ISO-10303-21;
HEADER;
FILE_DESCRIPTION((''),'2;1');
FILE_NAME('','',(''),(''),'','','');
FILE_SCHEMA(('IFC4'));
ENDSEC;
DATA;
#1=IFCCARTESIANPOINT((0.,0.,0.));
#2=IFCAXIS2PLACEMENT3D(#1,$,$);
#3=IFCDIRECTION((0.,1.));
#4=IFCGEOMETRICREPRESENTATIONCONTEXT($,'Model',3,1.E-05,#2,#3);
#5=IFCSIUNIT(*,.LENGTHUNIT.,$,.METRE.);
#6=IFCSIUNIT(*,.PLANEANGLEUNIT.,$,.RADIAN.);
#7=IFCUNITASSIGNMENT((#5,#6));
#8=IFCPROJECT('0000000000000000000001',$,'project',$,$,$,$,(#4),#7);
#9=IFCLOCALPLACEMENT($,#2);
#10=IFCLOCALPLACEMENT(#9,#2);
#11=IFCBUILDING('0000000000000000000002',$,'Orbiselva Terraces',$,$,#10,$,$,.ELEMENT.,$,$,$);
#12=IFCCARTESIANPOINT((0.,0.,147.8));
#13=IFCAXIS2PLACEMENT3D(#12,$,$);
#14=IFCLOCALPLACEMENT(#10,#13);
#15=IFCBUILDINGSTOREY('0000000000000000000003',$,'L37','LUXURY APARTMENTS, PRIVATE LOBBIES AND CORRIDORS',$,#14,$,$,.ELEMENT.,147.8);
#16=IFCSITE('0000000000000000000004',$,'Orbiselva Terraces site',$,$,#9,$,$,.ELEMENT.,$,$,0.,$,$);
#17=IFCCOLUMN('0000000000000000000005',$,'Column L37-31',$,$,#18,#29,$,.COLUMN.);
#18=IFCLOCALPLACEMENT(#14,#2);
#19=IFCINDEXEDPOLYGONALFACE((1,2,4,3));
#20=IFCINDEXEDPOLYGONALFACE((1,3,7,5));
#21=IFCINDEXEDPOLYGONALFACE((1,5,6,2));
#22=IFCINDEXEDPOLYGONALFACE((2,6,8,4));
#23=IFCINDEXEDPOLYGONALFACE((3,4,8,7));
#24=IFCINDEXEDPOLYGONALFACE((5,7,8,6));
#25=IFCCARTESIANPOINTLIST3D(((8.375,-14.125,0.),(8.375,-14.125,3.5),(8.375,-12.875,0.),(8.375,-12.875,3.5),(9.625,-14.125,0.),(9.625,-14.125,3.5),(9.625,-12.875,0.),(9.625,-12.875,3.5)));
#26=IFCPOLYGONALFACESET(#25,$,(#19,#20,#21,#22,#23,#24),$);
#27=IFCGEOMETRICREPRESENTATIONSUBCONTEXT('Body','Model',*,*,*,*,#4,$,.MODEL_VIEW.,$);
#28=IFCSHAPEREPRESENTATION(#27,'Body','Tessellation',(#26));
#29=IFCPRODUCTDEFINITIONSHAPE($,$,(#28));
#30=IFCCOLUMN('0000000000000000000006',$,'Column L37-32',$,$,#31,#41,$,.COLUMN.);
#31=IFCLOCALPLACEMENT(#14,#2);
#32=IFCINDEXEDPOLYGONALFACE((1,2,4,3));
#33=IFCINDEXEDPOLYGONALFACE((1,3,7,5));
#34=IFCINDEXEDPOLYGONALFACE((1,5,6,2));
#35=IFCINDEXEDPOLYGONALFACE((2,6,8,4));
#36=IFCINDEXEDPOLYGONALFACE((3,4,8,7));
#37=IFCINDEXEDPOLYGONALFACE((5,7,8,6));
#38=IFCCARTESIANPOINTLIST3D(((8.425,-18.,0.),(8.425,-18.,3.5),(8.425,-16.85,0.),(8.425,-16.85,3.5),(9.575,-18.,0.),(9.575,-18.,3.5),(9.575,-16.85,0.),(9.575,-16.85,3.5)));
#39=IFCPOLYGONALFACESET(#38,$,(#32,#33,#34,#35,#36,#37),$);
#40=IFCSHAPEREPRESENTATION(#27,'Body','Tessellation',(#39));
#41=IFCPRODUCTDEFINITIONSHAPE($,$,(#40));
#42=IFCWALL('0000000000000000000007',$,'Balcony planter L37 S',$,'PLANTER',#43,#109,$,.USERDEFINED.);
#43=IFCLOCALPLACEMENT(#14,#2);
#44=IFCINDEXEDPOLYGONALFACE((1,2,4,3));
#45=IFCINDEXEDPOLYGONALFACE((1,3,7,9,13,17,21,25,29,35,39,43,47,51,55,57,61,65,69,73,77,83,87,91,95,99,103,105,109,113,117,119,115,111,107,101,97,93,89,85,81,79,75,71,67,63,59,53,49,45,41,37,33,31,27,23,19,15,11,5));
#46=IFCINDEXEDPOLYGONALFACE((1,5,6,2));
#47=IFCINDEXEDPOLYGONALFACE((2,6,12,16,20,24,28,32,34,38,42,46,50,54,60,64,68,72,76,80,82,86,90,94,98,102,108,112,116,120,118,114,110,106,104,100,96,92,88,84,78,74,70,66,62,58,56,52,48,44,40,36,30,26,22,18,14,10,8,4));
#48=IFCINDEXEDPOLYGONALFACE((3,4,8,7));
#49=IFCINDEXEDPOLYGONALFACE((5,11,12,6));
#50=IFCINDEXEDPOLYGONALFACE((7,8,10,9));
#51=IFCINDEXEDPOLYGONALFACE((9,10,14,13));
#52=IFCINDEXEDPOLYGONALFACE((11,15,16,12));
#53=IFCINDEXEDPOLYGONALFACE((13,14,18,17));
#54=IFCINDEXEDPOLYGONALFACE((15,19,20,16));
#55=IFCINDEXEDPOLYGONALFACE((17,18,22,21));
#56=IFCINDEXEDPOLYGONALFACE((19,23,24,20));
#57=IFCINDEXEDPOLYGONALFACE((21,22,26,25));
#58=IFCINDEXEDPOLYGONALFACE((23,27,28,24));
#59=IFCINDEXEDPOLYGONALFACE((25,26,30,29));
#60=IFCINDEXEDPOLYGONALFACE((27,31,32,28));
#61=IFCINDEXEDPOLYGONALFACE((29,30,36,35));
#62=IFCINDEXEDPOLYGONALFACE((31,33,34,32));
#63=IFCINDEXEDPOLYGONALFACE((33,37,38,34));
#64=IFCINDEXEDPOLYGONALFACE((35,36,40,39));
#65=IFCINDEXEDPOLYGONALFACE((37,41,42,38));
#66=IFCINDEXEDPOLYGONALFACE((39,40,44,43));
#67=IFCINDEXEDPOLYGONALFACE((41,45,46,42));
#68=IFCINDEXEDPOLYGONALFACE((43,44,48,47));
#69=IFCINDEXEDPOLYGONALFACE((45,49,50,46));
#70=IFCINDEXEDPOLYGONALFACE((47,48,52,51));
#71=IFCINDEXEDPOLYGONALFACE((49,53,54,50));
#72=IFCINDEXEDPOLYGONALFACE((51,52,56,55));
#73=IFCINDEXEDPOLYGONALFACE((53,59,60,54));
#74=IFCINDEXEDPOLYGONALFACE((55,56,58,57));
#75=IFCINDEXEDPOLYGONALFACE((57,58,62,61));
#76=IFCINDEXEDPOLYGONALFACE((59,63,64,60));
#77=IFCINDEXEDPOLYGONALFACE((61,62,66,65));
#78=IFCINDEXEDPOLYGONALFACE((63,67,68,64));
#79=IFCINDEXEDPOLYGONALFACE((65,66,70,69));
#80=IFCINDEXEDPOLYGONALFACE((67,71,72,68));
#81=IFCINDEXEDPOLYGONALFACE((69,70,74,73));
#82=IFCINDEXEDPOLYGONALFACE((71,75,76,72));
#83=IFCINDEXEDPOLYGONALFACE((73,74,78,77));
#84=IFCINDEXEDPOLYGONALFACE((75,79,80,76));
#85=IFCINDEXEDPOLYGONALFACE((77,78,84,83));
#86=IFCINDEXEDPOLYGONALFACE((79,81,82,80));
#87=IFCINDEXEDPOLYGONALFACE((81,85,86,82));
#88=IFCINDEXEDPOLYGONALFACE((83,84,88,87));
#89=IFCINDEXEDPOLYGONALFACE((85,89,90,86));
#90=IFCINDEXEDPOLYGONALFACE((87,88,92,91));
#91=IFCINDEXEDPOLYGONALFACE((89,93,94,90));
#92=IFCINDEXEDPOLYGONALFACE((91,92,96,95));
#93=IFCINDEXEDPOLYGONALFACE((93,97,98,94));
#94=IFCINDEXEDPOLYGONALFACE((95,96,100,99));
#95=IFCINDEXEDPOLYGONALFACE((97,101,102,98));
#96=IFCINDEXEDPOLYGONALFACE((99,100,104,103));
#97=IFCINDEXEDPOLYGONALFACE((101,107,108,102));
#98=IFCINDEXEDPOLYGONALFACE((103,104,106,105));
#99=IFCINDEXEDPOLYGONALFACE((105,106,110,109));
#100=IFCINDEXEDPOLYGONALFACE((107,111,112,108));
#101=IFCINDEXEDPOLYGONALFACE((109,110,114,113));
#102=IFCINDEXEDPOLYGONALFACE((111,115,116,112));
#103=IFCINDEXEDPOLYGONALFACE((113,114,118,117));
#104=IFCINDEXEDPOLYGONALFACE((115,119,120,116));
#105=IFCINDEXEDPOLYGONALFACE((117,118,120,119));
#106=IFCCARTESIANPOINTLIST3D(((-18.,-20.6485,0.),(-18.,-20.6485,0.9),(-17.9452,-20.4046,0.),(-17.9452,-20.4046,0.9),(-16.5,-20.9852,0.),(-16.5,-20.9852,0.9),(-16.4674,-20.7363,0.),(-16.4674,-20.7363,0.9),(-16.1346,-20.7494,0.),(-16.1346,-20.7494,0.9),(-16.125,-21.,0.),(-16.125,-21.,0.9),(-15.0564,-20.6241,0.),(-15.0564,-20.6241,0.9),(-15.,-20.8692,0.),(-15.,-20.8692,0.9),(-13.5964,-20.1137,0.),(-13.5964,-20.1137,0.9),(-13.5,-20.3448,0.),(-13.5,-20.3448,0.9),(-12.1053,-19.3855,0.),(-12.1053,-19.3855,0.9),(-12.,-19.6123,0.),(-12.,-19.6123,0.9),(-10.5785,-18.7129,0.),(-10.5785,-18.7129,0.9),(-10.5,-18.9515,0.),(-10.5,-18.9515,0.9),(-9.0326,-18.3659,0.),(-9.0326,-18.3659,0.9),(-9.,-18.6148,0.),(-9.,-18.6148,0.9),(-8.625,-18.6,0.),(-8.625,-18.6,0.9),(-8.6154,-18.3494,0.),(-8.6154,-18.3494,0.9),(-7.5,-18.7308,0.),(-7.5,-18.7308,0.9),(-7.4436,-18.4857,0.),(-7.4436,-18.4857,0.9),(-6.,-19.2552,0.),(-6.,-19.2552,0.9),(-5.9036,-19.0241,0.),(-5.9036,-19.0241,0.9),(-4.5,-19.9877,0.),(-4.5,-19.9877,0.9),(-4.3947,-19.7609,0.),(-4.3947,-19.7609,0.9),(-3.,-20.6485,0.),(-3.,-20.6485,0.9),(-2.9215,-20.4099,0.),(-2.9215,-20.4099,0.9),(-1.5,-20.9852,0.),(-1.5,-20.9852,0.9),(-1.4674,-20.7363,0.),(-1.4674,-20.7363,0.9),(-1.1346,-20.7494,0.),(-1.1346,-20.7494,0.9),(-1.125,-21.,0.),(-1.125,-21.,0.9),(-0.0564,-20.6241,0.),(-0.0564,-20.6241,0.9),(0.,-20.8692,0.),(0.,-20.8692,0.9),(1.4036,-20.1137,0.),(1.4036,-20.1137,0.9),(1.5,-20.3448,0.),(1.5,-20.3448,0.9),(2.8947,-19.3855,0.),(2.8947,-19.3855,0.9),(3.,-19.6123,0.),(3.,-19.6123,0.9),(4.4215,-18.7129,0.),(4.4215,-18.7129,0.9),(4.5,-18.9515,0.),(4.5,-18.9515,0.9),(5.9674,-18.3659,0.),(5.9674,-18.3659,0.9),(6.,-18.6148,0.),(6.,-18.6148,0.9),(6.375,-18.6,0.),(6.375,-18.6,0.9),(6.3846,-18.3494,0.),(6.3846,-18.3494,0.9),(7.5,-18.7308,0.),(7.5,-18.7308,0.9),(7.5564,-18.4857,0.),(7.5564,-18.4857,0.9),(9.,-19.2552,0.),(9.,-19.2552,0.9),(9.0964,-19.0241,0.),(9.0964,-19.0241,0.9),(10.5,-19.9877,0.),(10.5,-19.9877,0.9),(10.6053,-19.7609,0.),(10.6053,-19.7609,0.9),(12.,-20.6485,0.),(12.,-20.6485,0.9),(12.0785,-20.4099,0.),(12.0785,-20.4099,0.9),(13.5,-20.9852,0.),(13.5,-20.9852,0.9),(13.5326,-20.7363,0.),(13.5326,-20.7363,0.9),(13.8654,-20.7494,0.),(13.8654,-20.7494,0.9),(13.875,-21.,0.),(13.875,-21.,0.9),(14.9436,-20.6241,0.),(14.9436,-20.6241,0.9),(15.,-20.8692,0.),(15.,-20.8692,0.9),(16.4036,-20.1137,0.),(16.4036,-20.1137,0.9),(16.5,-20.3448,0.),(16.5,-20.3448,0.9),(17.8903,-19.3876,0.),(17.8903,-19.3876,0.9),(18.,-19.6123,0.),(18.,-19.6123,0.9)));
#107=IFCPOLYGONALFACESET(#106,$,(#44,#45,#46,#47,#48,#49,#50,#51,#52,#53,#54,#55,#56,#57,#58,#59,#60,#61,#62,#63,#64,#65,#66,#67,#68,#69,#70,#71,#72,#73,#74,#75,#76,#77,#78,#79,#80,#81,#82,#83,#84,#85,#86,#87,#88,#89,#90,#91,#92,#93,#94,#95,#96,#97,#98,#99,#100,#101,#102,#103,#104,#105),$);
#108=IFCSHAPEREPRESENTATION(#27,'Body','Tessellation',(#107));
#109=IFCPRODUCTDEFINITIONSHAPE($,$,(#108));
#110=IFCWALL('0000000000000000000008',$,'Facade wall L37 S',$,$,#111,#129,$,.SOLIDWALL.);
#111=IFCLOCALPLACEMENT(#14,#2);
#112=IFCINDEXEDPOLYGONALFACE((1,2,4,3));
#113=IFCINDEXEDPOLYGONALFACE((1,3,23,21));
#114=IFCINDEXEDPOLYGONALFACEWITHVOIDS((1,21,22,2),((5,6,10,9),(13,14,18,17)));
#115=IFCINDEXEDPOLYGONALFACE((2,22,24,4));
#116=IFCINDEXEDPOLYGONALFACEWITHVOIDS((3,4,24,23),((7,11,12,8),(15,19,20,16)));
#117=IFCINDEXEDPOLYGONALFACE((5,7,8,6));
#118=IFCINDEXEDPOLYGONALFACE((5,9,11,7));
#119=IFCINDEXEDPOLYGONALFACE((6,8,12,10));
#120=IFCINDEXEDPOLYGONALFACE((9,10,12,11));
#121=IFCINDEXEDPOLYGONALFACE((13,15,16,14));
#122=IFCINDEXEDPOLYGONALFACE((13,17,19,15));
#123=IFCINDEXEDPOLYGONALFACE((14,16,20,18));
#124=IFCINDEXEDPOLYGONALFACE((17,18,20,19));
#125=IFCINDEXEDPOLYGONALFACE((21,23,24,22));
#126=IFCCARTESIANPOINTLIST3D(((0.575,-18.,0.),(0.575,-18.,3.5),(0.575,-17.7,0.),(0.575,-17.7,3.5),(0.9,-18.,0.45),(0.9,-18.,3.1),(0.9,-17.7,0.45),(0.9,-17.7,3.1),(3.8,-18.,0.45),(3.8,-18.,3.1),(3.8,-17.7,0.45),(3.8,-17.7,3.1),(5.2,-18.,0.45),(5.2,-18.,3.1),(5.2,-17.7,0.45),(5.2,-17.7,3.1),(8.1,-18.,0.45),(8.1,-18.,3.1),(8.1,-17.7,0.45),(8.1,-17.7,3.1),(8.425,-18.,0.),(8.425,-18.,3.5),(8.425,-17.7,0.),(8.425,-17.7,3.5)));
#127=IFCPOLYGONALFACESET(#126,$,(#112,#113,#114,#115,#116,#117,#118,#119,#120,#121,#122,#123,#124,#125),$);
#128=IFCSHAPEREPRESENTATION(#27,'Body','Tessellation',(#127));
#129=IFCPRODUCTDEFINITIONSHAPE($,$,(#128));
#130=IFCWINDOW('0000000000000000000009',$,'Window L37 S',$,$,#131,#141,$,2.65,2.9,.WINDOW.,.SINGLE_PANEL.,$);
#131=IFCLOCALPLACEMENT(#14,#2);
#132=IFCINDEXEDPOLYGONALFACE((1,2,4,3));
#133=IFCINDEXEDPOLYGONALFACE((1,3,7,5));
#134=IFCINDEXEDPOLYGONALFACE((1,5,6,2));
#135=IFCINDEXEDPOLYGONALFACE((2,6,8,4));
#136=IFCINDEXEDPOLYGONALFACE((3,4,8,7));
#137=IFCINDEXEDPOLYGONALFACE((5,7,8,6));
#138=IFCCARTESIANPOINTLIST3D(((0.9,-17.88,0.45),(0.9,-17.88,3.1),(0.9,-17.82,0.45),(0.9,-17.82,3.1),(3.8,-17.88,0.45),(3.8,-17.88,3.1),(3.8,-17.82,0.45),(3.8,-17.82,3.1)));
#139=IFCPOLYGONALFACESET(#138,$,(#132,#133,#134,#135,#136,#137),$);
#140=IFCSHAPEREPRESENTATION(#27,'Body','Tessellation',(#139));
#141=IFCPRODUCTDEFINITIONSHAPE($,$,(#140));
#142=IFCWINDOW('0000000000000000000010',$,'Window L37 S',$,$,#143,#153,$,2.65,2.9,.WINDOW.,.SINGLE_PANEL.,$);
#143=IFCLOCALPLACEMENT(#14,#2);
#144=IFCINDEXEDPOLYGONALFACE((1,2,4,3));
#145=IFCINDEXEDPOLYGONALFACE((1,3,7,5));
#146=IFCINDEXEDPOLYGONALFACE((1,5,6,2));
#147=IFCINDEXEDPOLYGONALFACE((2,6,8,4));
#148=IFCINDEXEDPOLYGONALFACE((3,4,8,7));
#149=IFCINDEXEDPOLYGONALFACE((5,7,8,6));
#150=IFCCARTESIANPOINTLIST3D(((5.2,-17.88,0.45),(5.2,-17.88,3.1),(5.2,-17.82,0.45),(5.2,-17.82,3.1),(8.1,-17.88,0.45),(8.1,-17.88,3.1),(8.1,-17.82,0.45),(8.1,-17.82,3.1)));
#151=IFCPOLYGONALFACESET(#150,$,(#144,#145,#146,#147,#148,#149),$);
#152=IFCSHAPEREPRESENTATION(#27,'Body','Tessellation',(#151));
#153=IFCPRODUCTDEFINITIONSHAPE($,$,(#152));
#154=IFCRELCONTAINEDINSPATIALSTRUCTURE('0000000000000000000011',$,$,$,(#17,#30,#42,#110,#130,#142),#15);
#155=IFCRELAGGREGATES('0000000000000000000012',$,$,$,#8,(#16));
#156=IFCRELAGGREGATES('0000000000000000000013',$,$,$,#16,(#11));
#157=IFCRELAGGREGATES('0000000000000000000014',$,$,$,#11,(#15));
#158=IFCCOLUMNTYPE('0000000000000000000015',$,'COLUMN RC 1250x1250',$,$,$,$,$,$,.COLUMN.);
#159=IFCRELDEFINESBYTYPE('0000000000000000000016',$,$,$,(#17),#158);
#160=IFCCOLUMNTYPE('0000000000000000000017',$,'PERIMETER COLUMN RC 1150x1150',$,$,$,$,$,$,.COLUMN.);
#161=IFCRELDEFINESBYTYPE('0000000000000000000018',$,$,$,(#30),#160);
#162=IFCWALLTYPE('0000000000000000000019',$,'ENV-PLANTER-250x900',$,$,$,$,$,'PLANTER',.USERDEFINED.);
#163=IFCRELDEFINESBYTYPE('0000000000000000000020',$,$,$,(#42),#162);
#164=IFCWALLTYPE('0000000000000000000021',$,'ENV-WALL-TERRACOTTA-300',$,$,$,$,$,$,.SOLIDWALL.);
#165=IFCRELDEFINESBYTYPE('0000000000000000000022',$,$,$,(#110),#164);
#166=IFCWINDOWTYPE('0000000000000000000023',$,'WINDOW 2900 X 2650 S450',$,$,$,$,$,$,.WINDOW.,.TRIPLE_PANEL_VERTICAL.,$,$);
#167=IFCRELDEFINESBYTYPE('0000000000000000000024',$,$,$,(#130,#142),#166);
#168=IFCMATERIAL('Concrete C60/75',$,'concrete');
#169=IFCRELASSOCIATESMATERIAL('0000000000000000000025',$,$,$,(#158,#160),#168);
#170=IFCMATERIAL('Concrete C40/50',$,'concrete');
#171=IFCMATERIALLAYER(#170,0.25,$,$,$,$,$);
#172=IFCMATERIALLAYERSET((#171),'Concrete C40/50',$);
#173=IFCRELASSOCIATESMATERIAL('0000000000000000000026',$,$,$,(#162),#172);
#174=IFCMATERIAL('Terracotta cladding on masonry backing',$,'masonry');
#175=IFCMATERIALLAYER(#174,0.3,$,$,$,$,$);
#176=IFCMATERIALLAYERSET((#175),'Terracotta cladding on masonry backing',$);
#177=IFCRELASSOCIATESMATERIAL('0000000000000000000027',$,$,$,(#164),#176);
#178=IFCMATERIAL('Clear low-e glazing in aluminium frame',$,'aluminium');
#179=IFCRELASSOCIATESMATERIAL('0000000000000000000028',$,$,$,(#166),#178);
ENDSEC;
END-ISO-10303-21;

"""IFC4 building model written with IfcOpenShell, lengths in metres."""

from ifc_helpers import new_model, si_unit, direction, frame, frame_2d, origin, origin_2d, place, context, subcontext, project, spatial, polyline, rectangle, outline, extrude, material, layer, layer_set, material_profile, profile_set, type_object, element, fill, save


model = new_model("IFC4")

# Units and contexts
model_context = context("Model", 3, precision=1e-05, world=origin(), true_north=direction((0.0, 1.0)))
body_context = subcontext(model_context, "Body", "Model", "MODEL_VIEW")
ifc_project = project(units=[si_unit("LENGTHUNIT", "METRE"), si_unit("PLANEANGLEUNIT", "RADIAN")], contexts=[model_context])

# Site, building, storey
site_placement = place(None, origin())
site = spatial("IfcSite", under=ifc_project, at=site_placement, Name="Orbiselva Terraces site", CompositionType="ELEMENT", RefElevation=0.0)
building_placement = place(site_placement, origin())
building = spatial("IfcBuilding", under=site, at=building_placement, Name="Orbiselva Terraces", CompositionType="ELEMENT")
storey_placement = place(building_placement, frame((0.0, 0.0, 147.8)))
storey = spatial("IfcBuildingStorey", under=building, at=storey_placement, Name="L37", Description="LUXURY APARTMENTS, PRIVATE LOBBIES AND CORRIDORS", CompositionType="ELEMENT", Elevation=147.8)

# Columns
ifc_material_1 = material(Name="Concrete C60/75", Category="concrete")
ifc_material_profile_1 = material_profile(ifc_material_1, rectangle(XDim=1.25, YDim=1.25, at=origin_2d()), Name="RC 1250x1250")
ifc_profile_set_1 = profile_set([ifc_material_profile_1], Name="Concrete C60/75")
column_type_1 = type_object("IfcColumnType", Name="COLUMN RC 1250x1250", PredefinedType="COLUMN", material=ifc_profile_set_1)
column_1_placement = place(storey_placement, frame((9.0, -13.5, 0.0), z_axis=(0.0, 0.0, 1.0), x_axis=(1.0, 0.0, 0.0)))
element("IfcColumn", 1, at=column_1_placement, inside=storey, type_object=column_type_1, Name="Column L37-31", PredefinedType="COLUMN", context=body_context, shape_type="SweptSolid", body=[
    extrude(rectangle(XDim=1.25, YDim=1.25, at=origin_2d()), origin(), (0.0, 0.0, 1.0), 3.5),
])
ifc_material_profile_2 = material_profile(ifc_material_1, rectangle(XDim=1.15, YDim=1.15, at=origin_2d()), Name="RC 1150x1150")
ifc_profile_set_2 = profile_set([ifc_material_profile_2], Name="Concrete C60/75")
column_type_2 = type_object("IfcColumnType", Name="PERIMETER COLUMN RC 1150x1150", PredefinedType="COLUMN", material=ifc_profile_set_2)
column_2_placement = place(storey_placement, frame((9.0, -17.425, 0.0), z_axis=(0.0, 0.0, 1.0), x_axis=(1.0, 0.0, 0.0)))
element("IfcColumn", 2, at=column_2_placement, inside=storey, type_object=column_type_2, Name="Column L37-32", PredefinedType="COLUMN", context=body_context, shape_type="SweptSolid", body=[
    extrude(rectangle(XDim=1.15, YDim=1.15, at=origin_2d()), origin(), (0.0, 0.0, 1.0), 3.5),
])

# Wall
ifc_material_2 = material(Name="Concrete C40/50", Category="concrete")
ifc_layer_1 = layer(ifc_material_2, 0.25)
ifc_layer_set_1 = layer_set([ifc_layer_1], Name="Concrete C40/50")
wall_type_1 = type_object("IfcWallType", Name="ENV-PLANTER-250x900", ElementType="PLANTER", PredefinedType="USERDEFINED", material=ifc_layer_set_1)
wall_1_placement = place(storey_placement, origin())
element("IfcWall", 3, at=wall_1_placement, inside=storey, type_object=wall_type_1, Name="Balcony planter L37 S", ObjectType="PLANTER", PredefinedType="USERDEFINED", context=body_context, shape_type="SweptSolid", body=[
    extrude(outline(polyline([(-18.0, -20.6485), (-16.5, -20.9852), (-16.125, -21.0), (-15.0, -20.8692), (-13.5, -20.3448), (-12.0, -19.6123), (-10.5, -18.9515), (-9.0, -18.6148), (-8.625, -18.6), (-7.5, -18.7308), (-6.0, -19.2552), (-4.5, -19.9877), (-3.0, -20.6485), (-1.5, -20.9852), (-1.125, -21.0), (0.0, -20.8692), (1.5, -20.3448), (3.0, -19.6123), (4.5, -18.9515), (6.0, -18.6148), (6.375, -18.6), (7.5, -18.7308), (9.0, -19.2552), (10.5, -19.9877), (12.0, -20.6485), (13.5, -20.9852), (13.875, -21.0), (15.0, -20.8692), (16.5, -20.3448), (18.0, -19.6123), (17.8903, -19.3876), (16.4036, -20.1137), (14.9436, -20.6241), (13.8654, -20.7494), (13.5326, -20.7363), (12.0785, -20.4099), (10.6053, -19.7609), (9.0964, -19.0241), (7.5564, -18.4857), (6.3846, -18.3494), (5.9674, -18.3659), (4.4215, -18.7129), (2.8947, -19.3855), (1.4036, -20.1137), (-0.0564, -20.6241), (-1.1346, -20.7494), (-1.4674, -20.7363), (-2.9215, -20.4099), (-4.3947, -19.7609), (-5.9036, -19.0241), (-7.4436, -18.4857), (-8.6154, -18.3494), (-9.0326, -18.3659), (-10.5785, -18.7129), (-12.1053, -19.3855), (-13.5964, -20.1137), (-15.0564, -20.6241), (-16.1346, -20.7494), (-16.4674, -20.7363), (-17.9452, -20.4046), (-18.0, -20.6485)])), origin(), (0.0, 0.0, 1.0), 0.9),
])

# Wall, openings, windows
ifc_material_3 = material(Name="Terracotta cladding on masonry backing", Category="masonry")
ifc_layer_2 = layer(ifc_material_3, 0.3)
ifc_layer_set_2 = layer_set([ifc_layer_2], Name="Terracotta cladding on masonry backing")
wall_type_2 = type_object("IfcWallType", Name="ENV-WALL-TERRACOTTA-300", PredefinedType="SOLIDWALL", material=ifc_layer_set_2)
wall_2_placement = place(storey_placement, frame((8.425, -17.85, 0.0), z_axis=(0.0, 0.0, 1.0), x_axis=(-1.0, 0.0, 0.0)))
wall_2 = element("IfcWall", 4, at=wall_2_placement, inside=storey, type_object=wall_type_2, Name="Facade wall L37 S", PredefinedType="SOLIDWALL", context=body_context, shape_type="SweptSolid", body=[
    extrude(rectangle(XDim=7.85, YDim=0.3, at=frame_2d((3.925, 0.0))), origin(), (0.0, 0.0, 1.0), 3.5),
])
opening_1_placement = place(wall_2_placement, frame((4.625, 0.0, 0.45)))
opening_1 = element("IfcOpeningElement", 5, at=opening_1_placement, cuts=wall_2, PredefinedType="OPENING", context=body_context, shape_type="SweptSolid", body=[
    extrude(rectangle(XDim=2.9, YDim=2.65, at=frame_2d((1.45, 1.325))), frame((0.0, 0.16, 0.0), z_axis=(0.0, -1.0, 0.0), x_axis=(1.0, 0.0, 0.0)), (0.0, 0.0, 1.0), 0.32),
])
opening_2_placement = place(wall_2_placement, frame((0.325, 0.0, 0.45)))
opening_2 = element("IfcOpeningElement", 6, at=opening_2_placement, cuts=wall_2, PredefinedType="OPENING", context=body_context, shape_type="SweptSolid", body=[
    extrude(rectangle(XDim=2.9, YDim=2.65, at=frame_2d((1.45, 1.325))), frame((0.0, 0.16, 0.0), z_axis=(0.0, -1.0, 0.0), x_axis=(1.0, 0.0, 0.0)), (0.0, 0.0, 1.0), 0.32),
])
ifc_material_4 = material(Name="Clear low-e glazing in aluminium frame", Category="aluminium")
window_type = type_object("IfcWindowType", Name="WINDOW 2900 X 2650 S450", PartitioningType="TRIPLE_PANEL_VERTICAL", PredefinedType="WINDOW", material=ifc_material_4)
window_1_placement = place(opening_1_placement, origin())
window_1 = element("IfcWindow", 7, at=window_1_placement, inside=storey, type_object=window_type, Name="Window L37 S", OverallHeight=2.65, OverallWidth=2.9, PartitioningType="SINGLE_PANEL", PredefinedType="WINDOW", context=body_context, shape_type="SweptSolid", body=[
    extrude(rectangle(XDim=2.9, YDim=2.65, at=frame_2d((1.45, 1.325))), frame((0.0, 0.03, 0.0), z_axis=(0.0, -1.0, 0.0), x_axis=(1.0, 0.0, 0.0)), (0.0, 0.0, 1.0), 0.06),
])
fill(opening_1, window_1)
window_2_placement = place(opening_2_placement, origin())
window_2 = element("IfcWindow", 8, at=window_2_placement, inside=storey, type_object=window_type, Name="Window L37 S", OverallHeight=2.65, OverallWidth=2.9, PartitioningType="SINGLE_PANEL", PredefinedType="WINDOW", context=body_context, shape_type="SweptSolid", body=[
    extrude(rectangle(XDim=2.9, YDim=2.65, at=frame_2d((1.45, 1.325))), frame((0.0, 0.03, 0.0), z_axis=(0.0, -1.0, 0.0), x_axis=(1.0, 0.0, 0.0)), (0.0, 0.0, 1.0), 0.06),
])
fill(opening_2, window_2)

save(model, "model.ifc")
